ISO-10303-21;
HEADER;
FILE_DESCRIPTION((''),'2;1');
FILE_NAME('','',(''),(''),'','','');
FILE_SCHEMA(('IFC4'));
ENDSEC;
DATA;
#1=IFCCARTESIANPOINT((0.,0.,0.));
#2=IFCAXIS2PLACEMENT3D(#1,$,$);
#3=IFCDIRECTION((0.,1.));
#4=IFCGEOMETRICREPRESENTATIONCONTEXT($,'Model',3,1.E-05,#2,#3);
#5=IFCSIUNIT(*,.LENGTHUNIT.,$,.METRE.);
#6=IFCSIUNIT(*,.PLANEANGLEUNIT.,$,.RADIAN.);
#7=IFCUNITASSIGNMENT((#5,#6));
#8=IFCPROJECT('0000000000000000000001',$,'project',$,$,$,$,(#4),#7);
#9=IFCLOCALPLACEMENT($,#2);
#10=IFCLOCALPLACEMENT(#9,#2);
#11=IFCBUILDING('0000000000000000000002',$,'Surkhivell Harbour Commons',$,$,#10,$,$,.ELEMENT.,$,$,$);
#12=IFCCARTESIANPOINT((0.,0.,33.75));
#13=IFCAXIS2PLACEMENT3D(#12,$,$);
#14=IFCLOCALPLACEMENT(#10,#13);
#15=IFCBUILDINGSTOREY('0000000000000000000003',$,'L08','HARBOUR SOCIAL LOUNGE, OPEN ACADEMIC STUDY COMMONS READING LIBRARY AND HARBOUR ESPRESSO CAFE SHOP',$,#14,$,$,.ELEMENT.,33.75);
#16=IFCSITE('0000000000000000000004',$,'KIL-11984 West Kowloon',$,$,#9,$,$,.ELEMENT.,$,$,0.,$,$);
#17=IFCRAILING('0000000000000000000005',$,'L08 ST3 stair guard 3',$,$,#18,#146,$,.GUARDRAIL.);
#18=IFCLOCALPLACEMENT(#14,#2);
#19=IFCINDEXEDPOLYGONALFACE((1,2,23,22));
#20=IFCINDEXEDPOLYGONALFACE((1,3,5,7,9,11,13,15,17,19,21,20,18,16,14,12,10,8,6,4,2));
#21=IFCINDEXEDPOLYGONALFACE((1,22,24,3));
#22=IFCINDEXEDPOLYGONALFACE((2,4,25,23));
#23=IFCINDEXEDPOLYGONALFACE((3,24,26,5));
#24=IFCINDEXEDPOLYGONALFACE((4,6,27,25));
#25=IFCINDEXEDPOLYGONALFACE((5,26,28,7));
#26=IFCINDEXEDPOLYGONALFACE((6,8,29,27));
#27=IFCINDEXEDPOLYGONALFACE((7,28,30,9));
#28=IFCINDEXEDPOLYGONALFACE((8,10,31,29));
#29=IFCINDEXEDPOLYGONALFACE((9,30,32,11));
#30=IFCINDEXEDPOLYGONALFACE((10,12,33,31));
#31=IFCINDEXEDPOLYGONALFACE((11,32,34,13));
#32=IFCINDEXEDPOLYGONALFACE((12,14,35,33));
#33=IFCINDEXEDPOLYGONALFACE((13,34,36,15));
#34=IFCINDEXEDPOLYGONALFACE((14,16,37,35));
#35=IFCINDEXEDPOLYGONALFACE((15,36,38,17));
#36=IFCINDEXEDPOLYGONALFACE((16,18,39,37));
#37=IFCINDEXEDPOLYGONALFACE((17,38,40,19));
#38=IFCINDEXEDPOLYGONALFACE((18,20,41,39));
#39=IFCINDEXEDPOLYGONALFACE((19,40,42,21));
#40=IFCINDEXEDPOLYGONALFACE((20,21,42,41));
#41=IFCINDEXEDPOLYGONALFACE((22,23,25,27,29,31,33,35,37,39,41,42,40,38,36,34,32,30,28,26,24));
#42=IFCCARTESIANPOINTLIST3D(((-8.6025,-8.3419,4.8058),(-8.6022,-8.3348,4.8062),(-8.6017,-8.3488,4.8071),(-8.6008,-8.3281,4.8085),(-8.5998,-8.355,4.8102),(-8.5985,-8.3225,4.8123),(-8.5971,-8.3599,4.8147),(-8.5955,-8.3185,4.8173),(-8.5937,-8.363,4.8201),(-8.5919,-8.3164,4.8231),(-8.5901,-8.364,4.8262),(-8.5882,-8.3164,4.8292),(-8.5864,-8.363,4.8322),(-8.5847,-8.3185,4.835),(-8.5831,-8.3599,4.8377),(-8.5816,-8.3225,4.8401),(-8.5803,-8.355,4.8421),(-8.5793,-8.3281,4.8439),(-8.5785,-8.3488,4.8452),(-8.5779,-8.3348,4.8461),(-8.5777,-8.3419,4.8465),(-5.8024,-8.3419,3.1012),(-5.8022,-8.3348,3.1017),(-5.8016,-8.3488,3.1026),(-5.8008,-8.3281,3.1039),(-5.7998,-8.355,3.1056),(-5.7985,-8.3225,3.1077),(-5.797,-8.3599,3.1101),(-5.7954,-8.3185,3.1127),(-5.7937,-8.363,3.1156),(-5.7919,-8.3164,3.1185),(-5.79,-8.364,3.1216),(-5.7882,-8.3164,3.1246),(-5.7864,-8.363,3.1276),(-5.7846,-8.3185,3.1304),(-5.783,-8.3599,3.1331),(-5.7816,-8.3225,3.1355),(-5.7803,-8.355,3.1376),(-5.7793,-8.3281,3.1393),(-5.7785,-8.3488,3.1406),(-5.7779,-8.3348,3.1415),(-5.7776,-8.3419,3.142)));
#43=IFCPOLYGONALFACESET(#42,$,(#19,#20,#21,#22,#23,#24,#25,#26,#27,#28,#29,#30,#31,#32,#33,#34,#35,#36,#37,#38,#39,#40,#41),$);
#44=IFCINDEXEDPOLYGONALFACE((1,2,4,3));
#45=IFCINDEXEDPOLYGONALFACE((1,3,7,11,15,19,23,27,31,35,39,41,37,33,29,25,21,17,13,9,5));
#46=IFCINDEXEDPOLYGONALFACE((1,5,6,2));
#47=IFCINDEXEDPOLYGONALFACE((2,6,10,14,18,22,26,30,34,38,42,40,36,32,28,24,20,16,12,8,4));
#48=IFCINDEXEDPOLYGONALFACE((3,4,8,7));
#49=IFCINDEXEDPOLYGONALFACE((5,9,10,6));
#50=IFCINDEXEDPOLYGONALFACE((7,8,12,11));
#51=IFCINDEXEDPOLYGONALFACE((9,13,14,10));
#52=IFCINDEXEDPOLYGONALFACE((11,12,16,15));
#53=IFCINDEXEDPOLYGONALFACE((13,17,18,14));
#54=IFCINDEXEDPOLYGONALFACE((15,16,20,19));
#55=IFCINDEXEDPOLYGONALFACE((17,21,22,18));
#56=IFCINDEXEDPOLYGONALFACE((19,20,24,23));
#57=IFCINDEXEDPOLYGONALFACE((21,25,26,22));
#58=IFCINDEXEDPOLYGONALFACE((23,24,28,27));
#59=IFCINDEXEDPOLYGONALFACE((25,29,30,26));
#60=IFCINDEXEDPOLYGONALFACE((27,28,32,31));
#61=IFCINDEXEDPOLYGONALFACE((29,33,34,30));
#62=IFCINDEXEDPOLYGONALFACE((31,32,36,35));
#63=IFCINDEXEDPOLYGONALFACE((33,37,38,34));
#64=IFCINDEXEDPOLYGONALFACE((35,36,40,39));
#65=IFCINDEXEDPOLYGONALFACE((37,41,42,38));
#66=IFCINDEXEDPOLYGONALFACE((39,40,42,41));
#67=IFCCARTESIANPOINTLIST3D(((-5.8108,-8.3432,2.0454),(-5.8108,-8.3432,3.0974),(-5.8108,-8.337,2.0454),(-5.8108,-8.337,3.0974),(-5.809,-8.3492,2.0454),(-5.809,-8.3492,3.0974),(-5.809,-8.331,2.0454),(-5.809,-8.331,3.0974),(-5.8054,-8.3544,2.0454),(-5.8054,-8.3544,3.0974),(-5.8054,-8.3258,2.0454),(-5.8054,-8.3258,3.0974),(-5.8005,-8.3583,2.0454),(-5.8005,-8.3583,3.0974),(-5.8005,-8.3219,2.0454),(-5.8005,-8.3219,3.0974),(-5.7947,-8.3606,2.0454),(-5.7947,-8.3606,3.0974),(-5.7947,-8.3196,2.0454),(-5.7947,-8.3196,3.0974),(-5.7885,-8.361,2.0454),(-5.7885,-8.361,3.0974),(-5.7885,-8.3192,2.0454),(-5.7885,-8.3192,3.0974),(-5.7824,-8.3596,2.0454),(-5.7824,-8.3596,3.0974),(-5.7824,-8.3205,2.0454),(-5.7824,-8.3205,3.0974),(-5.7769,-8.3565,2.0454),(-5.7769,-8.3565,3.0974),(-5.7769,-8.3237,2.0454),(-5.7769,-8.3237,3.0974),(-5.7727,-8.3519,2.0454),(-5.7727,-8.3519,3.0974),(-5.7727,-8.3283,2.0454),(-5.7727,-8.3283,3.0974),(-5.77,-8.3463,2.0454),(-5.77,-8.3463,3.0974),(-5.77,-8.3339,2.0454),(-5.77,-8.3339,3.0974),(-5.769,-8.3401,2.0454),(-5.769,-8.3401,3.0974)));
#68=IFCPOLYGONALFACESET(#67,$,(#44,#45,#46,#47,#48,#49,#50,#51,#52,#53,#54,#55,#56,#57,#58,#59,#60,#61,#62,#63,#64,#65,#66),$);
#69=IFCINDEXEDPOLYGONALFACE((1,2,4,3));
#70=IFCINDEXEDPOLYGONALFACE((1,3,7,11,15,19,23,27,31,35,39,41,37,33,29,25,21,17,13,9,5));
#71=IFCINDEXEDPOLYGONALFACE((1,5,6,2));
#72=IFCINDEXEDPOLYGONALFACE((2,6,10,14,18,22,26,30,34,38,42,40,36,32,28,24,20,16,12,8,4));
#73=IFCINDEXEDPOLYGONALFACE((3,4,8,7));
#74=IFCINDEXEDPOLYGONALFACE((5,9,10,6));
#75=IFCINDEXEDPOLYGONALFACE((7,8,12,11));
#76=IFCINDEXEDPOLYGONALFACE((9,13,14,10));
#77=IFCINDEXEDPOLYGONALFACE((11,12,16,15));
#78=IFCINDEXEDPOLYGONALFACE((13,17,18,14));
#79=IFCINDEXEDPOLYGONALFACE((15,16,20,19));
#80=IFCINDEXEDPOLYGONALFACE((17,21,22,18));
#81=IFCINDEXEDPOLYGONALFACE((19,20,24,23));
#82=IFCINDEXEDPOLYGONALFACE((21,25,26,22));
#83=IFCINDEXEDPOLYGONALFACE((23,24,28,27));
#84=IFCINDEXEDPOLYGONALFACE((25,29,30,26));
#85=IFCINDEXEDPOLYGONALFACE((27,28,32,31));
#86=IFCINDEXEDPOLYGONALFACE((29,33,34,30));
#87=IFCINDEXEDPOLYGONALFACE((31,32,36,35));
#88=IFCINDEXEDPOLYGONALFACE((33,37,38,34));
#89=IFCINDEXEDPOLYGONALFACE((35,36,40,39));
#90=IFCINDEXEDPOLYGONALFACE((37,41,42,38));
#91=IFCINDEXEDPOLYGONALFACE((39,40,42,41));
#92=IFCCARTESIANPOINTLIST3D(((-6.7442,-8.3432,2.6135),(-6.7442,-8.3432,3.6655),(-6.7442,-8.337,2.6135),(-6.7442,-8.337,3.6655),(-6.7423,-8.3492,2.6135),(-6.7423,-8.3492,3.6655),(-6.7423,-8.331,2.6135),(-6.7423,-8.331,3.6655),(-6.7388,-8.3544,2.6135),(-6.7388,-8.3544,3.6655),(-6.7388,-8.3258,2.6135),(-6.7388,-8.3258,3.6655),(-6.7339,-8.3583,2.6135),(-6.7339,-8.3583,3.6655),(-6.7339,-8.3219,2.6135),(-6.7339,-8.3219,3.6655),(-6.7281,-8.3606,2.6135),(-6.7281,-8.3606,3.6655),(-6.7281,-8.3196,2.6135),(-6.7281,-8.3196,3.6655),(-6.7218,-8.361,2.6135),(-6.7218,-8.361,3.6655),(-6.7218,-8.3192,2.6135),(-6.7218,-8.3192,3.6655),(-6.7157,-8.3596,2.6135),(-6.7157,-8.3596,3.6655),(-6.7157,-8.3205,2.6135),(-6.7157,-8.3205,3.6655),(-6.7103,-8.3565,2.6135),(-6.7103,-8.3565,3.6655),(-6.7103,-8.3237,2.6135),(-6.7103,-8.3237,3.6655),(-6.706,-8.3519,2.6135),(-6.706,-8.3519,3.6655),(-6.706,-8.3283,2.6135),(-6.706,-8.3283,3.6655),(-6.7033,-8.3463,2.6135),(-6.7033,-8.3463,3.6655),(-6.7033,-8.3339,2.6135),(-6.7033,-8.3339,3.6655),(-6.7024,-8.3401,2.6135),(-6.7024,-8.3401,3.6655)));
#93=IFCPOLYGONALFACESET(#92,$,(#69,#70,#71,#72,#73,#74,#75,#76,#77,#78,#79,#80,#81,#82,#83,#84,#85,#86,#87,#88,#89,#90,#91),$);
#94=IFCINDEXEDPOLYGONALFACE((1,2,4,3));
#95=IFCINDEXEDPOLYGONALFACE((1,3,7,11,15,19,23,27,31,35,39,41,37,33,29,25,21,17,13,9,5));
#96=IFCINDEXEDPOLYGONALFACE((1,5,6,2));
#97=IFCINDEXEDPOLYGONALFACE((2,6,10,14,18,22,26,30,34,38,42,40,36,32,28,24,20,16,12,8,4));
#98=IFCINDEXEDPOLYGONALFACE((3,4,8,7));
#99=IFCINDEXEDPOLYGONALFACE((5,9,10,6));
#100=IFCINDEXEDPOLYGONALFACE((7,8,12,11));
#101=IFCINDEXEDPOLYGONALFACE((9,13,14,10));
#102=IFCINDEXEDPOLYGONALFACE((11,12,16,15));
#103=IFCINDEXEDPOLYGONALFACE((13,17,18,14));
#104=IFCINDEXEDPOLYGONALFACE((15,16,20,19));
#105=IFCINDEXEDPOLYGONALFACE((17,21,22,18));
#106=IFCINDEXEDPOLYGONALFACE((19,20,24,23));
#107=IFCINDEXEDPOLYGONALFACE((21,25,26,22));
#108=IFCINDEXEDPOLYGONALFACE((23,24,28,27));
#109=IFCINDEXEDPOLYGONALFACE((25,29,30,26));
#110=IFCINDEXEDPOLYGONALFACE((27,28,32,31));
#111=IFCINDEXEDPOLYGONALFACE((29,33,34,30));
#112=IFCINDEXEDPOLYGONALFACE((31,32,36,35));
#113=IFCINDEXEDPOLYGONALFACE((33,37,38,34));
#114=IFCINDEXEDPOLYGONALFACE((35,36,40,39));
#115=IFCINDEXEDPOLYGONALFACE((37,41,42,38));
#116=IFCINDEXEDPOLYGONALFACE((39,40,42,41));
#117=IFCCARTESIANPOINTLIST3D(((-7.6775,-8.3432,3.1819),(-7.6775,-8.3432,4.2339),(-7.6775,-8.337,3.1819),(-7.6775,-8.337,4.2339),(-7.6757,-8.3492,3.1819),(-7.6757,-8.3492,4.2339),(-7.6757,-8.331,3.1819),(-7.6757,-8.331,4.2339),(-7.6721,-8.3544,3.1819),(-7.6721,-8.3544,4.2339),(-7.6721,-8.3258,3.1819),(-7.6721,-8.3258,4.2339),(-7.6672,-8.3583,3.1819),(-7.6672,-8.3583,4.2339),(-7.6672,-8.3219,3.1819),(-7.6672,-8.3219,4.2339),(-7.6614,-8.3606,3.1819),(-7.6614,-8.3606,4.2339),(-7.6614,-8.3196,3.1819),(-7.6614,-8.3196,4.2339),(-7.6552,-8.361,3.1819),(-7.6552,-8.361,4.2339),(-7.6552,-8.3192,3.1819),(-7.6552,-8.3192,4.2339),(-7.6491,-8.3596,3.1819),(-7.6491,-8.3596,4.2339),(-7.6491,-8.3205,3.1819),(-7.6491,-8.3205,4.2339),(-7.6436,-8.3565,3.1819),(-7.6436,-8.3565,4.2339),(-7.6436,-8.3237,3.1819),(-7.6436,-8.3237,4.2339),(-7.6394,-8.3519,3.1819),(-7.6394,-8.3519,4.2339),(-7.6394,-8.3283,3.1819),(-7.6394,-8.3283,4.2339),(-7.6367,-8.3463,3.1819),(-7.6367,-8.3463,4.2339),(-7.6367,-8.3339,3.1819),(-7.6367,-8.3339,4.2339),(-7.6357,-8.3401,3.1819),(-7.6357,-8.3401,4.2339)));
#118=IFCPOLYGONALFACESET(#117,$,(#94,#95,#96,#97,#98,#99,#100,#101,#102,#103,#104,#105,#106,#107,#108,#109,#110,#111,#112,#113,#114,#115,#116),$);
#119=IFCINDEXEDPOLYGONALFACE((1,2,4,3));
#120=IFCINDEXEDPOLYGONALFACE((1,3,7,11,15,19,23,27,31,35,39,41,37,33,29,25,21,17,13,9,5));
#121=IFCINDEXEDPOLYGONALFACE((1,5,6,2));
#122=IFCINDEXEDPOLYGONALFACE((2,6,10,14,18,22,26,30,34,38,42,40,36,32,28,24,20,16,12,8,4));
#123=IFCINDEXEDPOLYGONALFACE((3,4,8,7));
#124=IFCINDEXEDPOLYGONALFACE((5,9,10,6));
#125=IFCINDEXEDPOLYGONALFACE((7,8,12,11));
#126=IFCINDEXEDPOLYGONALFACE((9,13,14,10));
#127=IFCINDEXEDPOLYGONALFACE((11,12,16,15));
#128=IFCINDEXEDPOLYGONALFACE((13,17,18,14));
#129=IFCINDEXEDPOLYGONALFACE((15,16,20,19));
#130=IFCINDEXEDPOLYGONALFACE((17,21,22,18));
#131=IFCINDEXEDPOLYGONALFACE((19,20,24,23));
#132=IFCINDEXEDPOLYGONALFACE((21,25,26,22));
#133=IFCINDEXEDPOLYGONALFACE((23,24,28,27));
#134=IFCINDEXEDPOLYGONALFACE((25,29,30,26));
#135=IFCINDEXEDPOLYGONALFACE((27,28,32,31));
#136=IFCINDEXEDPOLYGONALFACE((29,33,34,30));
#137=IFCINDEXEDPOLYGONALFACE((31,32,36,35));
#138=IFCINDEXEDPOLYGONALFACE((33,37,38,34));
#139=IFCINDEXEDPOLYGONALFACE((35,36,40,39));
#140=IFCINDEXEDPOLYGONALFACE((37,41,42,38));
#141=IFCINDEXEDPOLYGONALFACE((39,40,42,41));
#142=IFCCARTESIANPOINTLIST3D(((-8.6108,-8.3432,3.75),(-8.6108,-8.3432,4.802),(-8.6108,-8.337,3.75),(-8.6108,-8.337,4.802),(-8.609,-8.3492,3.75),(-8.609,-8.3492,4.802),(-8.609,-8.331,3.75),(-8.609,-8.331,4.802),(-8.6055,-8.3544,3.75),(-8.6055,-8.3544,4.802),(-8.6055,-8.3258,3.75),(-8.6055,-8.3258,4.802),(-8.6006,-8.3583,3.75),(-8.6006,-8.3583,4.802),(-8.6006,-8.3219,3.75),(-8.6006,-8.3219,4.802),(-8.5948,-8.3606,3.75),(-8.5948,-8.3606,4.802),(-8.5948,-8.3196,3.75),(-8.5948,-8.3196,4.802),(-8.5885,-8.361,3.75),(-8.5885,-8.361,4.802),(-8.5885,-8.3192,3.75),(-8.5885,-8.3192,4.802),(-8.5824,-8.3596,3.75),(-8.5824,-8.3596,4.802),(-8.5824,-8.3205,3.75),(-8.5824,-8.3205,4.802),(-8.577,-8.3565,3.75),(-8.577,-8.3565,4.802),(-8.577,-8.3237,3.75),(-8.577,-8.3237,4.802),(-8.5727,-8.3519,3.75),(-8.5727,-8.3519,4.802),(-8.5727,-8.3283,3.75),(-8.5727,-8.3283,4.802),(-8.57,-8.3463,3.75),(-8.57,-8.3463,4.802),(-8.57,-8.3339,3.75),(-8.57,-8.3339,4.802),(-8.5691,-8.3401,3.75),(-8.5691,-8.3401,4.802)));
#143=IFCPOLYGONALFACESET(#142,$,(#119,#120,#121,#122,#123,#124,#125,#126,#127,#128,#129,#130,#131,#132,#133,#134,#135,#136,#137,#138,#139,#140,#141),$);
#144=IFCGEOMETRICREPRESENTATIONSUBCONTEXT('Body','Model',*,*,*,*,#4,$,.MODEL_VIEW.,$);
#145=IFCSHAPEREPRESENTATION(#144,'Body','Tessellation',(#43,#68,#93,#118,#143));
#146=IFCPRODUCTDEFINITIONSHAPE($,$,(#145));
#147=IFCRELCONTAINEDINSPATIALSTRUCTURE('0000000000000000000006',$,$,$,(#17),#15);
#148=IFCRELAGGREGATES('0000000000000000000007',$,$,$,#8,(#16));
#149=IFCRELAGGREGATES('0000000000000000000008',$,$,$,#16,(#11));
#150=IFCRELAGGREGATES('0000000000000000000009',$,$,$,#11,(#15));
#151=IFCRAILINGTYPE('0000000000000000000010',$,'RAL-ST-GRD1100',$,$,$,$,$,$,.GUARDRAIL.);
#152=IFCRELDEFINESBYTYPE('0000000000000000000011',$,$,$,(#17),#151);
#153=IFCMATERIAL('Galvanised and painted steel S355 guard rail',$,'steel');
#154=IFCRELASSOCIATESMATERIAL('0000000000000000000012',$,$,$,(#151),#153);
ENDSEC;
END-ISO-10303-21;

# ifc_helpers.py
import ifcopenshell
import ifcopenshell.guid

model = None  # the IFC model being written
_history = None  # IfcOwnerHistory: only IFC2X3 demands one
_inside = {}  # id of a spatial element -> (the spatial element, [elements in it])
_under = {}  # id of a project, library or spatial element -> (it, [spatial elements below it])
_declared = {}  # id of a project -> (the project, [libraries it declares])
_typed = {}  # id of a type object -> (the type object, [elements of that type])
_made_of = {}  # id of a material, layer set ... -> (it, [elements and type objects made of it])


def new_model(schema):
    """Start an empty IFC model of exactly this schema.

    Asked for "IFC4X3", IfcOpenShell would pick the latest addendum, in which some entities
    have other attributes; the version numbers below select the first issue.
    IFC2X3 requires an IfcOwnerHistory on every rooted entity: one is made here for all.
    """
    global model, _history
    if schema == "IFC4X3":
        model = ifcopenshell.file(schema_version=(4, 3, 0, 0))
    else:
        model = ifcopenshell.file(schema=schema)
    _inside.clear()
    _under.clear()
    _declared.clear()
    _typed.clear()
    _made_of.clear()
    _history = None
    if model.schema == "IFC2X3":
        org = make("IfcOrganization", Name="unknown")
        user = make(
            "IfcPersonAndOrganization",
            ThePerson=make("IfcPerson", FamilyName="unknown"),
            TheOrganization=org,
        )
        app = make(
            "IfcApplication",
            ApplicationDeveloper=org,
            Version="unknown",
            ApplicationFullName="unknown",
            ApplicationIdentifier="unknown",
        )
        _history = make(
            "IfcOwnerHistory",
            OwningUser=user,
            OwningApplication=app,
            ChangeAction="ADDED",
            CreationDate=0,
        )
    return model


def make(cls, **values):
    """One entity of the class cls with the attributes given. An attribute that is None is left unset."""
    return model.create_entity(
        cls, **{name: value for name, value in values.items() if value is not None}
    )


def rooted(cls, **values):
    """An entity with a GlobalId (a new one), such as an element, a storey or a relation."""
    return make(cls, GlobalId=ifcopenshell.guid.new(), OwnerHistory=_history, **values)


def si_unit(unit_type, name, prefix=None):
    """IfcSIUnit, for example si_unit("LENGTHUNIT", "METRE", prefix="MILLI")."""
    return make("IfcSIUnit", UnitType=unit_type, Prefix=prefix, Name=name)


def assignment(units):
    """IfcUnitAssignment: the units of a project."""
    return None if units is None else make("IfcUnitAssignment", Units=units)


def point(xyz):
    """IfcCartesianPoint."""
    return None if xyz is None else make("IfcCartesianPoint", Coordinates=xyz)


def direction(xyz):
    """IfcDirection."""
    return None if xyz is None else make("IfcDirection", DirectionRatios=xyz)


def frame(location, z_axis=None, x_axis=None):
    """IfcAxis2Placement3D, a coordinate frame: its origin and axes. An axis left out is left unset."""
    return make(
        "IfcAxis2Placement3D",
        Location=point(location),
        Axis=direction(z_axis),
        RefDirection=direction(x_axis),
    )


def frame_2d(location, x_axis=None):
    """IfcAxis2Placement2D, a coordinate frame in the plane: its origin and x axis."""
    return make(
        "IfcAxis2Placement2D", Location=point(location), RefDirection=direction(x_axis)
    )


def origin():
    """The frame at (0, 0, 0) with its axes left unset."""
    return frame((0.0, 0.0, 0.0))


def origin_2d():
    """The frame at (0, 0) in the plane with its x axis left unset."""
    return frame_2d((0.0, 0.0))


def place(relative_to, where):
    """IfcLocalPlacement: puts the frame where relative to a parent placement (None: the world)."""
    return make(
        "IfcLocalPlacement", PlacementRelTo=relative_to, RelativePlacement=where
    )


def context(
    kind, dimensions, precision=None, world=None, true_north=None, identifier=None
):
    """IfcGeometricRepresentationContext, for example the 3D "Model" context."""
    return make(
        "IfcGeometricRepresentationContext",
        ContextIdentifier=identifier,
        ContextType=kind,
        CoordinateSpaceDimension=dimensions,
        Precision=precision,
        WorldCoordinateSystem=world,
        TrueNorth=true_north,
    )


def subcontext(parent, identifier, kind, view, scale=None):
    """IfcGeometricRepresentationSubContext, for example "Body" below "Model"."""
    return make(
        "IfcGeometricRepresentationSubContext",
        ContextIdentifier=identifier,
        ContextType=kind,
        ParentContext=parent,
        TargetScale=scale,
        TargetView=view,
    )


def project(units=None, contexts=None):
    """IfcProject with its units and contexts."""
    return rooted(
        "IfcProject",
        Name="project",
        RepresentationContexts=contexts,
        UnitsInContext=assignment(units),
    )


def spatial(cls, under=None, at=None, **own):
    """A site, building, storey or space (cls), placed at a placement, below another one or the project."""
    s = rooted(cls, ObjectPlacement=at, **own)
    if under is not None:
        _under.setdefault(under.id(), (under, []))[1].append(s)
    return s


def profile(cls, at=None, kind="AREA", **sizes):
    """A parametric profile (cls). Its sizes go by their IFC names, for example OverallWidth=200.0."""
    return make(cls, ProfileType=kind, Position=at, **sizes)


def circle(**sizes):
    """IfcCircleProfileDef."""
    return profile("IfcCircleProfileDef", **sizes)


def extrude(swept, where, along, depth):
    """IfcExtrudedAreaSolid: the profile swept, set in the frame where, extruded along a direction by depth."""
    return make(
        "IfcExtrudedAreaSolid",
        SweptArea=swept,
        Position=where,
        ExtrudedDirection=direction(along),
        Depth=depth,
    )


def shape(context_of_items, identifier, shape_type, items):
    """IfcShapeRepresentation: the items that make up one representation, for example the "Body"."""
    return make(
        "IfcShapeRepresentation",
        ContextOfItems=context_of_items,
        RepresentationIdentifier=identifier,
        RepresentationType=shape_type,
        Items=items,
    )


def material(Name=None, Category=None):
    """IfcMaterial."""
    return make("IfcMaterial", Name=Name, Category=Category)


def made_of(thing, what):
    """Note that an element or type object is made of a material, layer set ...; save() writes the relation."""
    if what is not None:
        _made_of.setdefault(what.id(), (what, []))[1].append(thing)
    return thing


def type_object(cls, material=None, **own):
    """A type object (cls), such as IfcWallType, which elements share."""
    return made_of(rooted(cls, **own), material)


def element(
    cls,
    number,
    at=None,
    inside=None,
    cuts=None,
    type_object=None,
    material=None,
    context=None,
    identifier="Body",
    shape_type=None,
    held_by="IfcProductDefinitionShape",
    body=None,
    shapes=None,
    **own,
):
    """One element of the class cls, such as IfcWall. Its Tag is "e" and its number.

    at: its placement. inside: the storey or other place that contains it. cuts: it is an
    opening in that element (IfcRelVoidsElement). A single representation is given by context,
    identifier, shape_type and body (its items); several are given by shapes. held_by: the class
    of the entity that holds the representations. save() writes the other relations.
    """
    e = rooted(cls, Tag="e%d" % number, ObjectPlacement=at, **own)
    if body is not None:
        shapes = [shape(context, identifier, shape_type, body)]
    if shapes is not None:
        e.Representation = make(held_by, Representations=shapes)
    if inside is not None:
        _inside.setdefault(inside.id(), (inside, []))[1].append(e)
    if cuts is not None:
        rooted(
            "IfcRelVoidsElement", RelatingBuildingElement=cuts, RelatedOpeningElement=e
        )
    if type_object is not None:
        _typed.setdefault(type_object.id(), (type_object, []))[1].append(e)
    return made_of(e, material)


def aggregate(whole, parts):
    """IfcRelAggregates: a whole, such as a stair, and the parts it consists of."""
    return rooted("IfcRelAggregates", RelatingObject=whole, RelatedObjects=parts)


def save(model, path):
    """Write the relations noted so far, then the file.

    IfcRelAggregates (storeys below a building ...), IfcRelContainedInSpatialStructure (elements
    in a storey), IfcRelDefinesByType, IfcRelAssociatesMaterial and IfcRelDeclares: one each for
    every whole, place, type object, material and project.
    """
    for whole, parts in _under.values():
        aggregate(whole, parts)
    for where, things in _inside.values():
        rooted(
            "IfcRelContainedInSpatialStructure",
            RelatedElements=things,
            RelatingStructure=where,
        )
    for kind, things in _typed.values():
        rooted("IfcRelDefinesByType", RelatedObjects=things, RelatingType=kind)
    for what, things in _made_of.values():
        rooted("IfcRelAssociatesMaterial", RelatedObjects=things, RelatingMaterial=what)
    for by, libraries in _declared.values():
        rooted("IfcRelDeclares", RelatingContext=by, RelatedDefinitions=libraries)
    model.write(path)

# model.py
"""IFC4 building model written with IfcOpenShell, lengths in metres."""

from ifc_helpers import new_model, si_unit, direction, frame, origin, origin_2d, place, context, subcontext, project, spatial, circle, extrude, material, type_object, element, save


model = new_model("IFC4")

# Units and contexts
model_context = context("Model", 3, precision=1e-05, world=origin(), true_north=direction((0.0, 1.0)))
body_context = subcontext(model_context, "Body", "Model", "MODEL_VIEW")
ifc_project = project(units=[si_unit("LENGTHUNIT", "METRE"), si_unit("PLANEANGLEUNIT", "RADIAN")], contexts=[model_context])

# Site, building, storey
site_placement = place(None, origin())
site = spatial("IfcSite", under=ifc_project, at=site_placement, Name="KIL-11984 West Kowloon", CompositionType="ELEMENT", RefElevation=0.0)
building_placement = place(site_placement, origin())
building = spatial("IfcBuilding", under=site, at=building_placement, Name="Surkhivell Harbour Commons", CompositionType="ELEMENT")
storey_placement = place(building_placement, frame((0.0, 0.0, 33.75)))
storey = spatial("IfcBuildingStorey", under=building, at=storey_placement, Name="L08", Description="HARBOUR SOCIAL LOUNGE, OPEN ACADEMIC STUDY COMMONS READING LIBRARY AND HARBOUR ESPRESSO CAFE SHOP", CompositionType="ELEMENT", Elevation=33.75)

# Railing
ifc_material_1 = material(Name="Galvanised and painted steel S355 guard rail", Category="steel")
railing_type_1 = type_object("IfcRailingType", Name="RAL-ST-GRD1100", PredefinedType="GUARDRAIL", material=ifc_material_1)
railing_1_placement = place(storey_placement, frame((-5.79, -8.3401, 2.0454)))
element("IfcRailing", 1, at=railing_1_placement, inside=storey, type_object=railing_type_1, Name="L08 ST3 stair guard 3", PredefinedType="GUARDRAIL", context=body_context, shape_type="SweptSolid", body=[
    extrude(circle(Radius=0.0239, at=origin_2d()), frame((0.0, 0.0, 1.0762), z_axis=(-0.85417, 0.0, 0.519994), x_axis=(0.0, -1.0, 0.0)), (0.0, 0.0, 1.0), 3.2781),
    extrude(circle(Radius=0.021, at=origin_2d()), origin(), (0.0, 0.0, 1.0), 1.052),
    extrude(circle(Radius=0.021, at=origin_2d()), frame((-0.9333, 0.0, 0.5681)), (0.0, 0.0, 1.0), 1.052),
    extrude(circle(Radius=0.021, at=origin_2d()), frame((-1.8667, 0.0, 1.1365)), (0.0, 0.0, 1.0), 1.052),
    extrude(circle(Radius=0.021, at=origin_2d()), frame((-2.8, 0.0, 1.7046)), (0.0, 0.0, 1.0), 1.052),
])

save(model, "model.ifc")
